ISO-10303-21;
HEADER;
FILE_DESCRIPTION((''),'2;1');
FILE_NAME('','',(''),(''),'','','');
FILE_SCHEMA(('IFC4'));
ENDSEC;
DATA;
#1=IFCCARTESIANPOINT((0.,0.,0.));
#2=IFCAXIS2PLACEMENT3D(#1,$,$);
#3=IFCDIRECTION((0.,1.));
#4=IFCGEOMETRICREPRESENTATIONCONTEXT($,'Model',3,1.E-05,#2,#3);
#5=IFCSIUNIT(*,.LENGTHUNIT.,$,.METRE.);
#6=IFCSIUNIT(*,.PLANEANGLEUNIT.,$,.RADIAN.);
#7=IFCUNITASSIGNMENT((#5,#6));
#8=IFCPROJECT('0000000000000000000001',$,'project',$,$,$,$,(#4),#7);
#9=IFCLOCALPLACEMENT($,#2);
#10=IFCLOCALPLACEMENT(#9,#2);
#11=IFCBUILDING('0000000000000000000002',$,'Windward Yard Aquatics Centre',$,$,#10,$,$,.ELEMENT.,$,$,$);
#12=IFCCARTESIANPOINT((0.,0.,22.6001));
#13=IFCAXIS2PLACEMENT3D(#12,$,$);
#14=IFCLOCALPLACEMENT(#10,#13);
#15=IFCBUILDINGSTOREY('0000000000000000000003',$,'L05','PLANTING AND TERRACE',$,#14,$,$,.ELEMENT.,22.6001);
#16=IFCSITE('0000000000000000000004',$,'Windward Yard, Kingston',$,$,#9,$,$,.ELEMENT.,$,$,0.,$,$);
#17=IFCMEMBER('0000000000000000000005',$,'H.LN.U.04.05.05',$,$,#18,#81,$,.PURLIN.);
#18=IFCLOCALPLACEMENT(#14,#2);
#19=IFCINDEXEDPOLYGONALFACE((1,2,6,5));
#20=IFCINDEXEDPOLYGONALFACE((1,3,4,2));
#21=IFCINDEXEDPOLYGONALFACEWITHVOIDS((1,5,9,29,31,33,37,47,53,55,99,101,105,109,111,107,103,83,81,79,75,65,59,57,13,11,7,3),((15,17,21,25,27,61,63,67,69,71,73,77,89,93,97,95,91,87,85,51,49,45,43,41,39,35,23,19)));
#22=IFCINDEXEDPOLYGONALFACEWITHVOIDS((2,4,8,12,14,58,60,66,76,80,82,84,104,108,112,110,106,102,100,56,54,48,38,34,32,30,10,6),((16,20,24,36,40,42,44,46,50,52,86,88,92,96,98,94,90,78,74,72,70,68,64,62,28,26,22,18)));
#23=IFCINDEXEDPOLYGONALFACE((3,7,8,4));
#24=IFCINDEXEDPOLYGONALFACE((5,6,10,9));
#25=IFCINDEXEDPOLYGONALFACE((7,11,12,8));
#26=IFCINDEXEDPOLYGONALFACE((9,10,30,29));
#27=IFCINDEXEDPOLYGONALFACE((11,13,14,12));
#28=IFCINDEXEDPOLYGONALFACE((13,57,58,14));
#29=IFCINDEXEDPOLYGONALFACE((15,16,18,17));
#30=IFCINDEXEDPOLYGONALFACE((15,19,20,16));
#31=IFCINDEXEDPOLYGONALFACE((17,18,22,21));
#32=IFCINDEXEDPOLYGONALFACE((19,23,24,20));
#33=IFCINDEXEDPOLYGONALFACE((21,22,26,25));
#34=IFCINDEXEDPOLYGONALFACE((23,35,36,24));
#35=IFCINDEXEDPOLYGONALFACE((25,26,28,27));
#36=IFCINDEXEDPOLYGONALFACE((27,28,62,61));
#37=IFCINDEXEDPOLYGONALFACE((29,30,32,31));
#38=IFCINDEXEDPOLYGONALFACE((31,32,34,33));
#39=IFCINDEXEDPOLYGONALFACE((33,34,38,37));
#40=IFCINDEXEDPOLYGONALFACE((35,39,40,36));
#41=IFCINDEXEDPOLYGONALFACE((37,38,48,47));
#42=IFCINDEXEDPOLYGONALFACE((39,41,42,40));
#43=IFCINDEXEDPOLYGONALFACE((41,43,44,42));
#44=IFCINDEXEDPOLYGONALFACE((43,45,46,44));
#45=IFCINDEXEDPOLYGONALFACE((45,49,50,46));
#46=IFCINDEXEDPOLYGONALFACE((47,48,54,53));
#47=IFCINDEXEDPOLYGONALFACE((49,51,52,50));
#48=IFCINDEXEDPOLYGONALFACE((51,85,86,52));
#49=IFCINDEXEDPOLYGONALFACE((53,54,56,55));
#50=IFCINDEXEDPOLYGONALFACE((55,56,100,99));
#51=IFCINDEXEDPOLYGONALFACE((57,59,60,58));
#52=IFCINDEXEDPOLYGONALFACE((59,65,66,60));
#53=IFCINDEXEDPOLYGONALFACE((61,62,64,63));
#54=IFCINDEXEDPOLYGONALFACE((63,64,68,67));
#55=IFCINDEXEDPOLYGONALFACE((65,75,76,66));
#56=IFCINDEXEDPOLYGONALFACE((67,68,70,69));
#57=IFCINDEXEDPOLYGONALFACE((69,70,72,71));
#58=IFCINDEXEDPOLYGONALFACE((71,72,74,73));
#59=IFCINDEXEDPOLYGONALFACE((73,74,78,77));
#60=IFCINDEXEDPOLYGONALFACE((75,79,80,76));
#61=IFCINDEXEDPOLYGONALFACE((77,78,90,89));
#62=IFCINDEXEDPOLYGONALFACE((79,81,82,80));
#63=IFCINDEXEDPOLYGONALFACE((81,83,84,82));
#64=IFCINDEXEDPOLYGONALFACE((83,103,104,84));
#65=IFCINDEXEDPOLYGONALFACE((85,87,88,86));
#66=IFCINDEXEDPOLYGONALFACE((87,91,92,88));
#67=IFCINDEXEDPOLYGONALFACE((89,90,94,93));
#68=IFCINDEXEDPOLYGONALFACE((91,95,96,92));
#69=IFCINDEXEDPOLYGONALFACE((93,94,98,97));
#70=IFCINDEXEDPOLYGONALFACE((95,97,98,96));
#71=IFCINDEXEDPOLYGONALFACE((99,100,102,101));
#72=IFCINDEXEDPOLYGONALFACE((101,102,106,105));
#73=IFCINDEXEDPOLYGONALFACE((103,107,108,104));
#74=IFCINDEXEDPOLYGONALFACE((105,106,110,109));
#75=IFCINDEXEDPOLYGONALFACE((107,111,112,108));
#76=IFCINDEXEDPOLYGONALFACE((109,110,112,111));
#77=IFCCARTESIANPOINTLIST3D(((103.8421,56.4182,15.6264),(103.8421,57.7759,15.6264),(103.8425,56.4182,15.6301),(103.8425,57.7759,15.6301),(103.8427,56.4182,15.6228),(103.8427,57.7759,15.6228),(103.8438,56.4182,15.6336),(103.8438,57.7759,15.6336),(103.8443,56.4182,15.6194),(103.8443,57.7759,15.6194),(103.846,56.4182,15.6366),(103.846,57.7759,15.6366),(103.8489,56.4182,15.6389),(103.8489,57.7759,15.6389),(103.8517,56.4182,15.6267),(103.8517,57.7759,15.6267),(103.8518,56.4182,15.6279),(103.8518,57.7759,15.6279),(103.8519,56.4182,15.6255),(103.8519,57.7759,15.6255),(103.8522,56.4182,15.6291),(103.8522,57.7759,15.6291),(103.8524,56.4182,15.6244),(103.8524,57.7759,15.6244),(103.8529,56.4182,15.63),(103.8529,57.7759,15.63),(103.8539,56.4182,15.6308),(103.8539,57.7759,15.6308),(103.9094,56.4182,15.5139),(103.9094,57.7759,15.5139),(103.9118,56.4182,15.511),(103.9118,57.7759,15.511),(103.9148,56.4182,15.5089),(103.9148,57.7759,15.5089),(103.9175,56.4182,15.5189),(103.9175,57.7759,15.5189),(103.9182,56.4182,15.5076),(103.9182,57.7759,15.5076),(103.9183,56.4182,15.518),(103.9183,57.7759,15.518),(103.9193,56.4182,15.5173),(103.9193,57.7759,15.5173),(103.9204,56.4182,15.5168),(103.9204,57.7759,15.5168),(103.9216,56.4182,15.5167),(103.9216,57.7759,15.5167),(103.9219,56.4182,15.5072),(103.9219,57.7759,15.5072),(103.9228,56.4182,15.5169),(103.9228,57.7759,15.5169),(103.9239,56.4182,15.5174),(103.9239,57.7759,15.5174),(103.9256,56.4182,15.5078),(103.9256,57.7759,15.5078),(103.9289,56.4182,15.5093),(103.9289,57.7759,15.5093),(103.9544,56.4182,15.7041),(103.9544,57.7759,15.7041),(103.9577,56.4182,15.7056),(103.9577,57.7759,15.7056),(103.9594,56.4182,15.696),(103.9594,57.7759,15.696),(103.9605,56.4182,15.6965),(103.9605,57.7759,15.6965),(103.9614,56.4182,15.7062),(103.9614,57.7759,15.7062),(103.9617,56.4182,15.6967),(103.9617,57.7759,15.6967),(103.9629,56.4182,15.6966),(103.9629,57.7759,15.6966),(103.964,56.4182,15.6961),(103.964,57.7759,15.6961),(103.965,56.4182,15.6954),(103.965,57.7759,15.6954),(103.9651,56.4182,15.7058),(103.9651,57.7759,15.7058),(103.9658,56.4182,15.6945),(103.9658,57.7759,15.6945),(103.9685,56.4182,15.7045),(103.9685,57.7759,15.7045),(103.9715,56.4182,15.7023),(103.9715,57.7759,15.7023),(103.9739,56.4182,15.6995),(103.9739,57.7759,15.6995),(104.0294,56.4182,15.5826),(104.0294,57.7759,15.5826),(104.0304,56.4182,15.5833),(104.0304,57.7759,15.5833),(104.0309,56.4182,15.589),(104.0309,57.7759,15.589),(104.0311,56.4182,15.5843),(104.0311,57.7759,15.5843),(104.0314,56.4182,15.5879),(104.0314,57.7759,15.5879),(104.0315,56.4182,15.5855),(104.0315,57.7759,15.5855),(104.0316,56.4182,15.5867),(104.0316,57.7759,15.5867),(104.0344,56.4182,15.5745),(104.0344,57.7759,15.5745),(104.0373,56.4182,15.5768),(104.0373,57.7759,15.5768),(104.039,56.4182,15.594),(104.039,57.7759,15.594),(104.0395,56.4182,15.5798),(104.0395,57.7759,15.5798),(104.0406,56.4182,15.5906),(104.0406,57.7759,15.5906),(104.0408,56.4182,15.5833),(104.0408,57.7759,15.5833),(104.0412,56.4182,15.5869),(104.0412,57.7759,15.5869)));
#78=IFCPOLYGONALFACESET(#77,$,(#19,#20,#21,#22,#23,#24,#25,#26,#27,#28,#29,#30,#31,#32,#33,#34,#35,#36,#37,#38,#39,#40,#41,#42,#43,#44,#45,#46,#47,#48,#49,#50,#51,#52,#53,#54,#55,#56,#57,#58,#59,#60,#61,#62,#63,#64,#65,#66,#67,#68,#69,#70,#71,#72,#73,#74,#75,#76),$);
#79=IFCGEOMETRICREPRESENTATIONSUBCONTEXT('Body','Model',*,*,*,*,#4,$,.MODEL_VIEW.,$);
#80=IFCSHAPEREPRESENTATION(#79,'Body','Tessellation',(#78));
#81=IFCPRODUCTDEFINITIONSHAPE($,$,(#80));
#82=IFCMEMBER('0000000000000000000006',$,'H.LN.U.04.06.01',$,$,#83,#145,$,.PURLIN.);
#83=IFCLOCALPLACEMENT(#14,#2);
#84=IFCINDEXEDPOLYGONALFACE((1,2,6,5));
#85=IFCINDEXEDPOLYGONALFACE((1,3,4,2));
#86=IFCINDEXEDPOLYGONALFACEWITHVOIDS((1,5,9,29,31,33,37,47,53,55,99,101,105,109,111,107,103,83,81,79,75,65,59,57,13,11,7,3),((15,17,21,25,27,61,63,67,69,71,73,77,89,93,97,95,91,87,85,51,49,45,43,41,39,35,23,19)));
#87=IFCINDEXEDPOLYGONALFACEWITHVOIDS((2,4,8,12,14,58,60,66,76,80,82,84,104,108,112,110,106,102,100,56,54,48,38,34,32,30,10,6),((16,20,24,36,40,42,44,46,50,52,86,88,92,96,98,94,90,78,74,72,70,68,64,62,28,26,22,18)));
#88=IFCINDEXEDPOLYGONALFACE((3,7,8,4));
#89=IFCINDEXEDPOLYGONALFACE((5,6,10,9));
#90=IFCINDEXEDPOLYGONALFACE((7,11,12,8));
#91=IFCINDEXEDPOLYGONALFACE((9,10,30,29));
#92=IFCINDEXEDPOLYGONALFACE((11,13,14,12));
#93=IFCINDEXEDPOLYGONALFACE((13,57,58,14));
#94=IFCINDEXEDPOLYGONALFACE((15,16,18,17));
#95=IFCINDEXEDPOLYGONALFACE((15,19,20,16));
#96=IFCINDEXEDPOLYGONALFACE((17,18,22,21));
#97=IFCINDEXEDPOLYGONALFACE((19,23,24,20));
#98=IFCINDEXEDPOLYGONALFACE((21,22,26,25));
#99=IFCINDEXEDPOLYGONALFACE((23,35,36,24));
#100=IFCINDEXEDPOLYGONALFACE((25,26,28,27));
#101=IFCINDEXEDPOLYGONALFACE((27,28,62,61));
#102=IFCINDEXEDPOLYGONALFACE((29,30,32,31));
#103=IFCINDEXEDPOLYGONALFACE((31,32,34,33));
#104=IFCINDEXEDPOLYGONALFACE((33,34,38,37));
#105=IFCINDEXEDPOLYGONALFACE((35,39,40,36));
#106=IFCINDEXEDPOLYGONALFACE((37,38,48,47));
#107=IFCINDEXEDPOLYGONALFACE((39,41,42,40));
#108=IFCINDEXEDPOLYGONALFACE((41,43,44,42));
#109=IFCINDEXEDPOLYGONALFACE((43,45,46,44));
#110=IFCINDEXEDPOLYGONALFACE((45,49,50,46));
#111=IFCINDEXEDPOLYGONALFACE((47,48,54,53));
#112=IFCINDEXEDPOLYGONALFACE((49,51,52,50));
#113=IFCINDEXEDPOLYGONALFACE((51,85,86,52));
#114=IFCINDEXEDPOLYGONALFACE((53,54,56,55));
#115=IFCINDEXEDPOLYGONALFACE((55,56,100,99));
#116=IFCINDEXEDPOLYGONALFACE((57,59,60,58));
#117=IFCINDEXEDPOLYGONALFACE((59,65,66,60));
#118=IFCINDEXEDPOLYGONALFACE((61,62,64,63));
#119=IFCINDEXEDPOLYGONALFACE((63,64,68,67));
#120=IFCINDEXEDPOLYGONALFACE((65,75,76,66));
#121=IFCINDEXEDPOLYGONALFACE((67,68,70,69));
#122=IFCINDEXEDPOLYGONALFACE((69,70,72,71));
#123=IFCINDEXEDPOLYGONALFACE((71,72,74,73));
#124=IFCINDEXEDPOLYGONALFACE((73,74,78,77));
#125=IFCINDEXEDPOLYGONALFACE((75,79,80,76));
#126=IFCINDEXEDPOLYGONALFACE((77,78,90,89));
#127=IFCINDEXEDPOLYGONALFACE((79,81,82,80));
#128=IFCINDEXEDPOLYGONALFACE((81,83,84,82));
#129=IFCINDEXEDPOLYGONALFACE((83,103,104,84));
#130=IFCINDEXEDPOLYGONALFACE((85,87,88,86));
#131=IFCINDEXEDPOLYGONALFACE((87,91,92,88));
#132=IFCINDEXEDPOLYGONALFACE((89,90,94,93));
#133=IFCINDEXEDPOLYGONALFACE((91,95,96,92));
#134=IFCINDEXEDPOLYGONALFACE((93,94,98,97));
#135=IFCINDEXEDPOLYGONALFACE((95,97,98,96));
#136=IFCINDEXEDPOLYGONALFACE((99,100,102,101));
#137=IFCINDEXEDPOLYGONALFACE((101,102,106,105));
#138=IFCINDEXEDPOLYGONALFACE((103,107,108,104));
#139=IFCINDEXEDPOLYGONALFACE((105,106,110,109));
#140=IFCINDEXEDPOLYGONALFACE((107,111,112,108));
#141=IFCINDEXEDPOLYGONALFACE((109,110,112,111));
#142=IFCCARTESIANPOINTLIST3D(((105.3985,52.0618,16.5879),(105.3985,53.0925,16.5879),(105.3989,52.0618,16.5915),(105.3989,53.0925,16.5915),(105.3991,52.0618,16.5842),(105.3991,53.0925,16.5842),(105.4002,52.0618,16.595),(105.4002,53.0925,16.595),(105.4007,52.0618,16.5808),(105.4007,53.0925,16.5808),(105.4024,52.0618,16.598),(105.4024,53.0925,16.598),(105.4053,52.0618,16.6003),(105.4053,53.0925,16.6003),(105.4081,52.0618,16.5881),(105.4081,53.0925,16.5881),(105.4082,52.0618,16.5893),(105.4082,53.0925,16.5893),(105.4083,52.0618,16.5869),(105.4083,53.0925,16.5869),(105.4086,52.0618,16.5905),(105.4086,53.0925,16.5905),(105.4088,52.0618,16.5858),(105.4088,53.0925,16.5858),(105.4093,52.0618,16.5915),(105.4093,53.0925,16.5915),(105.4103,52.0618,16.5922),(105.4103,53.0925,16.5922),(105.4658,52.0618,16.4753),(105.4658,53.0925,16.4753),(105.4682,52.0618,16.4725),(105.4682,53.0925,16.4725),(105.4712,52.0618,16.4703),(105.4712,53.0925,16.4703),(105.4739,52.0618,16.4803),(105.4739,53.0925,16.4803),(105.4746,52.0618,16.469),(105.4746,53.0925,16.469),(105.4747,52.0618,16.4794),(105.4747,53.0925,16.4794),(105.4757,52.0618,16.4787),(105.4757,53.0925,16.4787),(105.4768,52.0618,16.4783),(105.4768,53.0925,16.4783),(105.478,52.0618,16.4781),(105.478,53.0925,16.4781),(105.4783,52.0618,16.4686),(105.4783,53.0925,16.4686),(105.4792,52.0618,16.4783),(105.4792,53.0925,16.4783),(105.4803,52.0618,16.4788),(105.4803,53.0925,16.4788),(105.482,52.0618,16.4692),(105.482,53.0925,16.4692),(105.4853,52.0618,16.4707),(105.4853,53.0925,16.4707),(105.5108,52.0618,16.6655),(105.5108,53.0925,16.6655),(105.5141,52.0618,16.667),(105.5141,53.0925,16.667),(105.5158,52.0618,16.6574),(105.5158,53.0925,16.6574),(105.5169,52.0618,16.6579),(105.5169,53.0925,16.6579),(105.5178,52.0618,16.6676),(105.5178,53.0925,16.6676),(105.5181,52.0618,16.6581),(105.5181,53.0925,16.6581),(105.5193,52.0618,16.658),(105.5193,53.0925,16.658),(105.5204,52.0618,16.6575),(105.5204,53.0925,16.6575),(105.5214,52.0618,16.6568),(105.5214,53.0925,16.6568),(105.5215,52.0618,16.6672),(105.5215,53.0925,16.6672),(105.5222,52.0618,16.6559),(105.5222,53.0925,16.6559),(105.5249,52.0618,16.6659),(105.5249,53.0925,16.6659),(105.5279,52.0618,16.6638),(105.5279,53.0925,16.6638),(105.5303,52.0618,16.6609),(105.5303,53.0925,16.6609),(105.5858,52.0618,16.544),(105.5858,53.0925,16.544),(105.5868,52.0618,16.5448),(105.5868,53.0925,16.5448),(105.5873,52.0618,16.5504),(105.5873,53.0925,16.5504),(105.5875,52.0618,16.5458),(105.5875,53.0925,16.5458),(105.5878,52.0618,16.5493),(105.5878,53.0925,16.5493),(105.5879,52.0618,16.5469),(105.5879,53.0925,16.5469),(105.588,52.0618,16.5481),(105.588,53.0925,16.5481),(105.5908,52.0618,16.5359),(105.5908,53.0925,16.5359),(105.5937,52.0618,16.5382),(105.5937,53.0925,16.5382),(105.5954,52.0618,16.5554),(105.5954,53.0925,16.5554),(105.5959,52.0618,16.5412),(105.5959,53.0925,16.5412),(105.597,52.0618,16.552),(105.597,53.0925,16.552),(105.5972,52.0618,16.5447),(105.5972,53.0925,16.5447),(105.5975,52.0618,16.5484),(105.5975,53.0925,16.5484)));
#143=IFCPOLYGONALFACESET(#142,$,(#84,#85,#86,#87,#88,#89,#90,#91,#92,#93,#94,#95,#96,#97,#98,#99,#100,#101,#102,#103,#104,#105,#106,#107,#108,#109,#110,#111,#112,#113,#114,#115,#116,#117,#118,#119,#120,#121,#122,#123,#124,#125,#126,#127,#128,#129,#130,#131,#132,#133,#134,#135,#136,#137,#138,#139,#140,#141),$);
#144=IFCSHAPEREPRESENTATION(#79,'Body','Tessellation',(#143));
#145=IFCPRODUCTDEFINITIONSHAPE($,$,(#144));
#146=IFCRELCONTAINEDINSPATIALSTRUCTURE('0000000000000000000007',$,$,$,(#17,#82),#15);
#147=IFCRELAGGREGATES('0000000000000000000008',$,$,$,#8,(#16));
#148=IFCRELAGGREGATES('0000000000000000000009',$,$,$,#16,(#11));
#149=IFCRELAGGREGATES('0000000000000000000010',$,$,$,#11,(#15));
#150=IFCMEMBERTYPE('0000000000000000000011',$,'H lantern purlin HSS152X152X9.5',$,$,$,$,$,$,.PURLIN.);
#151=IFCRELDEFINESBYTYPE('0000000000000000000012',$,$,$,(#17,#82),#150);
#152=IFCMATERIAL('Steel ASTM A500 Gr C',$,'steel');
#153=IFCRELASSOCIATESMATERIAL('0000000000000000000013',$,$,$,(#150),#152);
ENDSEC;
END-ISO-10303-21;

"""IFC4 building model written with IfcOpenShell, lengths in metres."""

from ifc_helpers import new_model, si_unit, direction, frame, origin, origin_2d, place, context, subcontext, project, spatial, hollow_rectangle, extrude, material, material_profile, profile_set, type_object, element, save


model = new_model("IFC4")

# Units and contexts
model_context = context("Model", 3, precision=1e-05, world=origin(), true_north=direction((0.0, 1.0)))
body_context = subcontext(model_context, "Body", "Model", "MODEL_VIEW")
ifc_project = project(units=[si_unit("LENGTHUNIT", "METRE"), si_unit("PLANEANGLEUNIT", "RADIAN")], contexts=[model_context])

# Site, building, storey
site_placement = place(None, origin())
site = spatial("IfcSite", under=ifc_project, at=site_placement, Name="Windward Yard, Kingston", CompositionType="ELEMENT", RefElevation=0.0)
building_placement = place(site_placement, origin())
building = spatial("IfcBuilding", under=site, at=building_placement, Name="Windward Yard Aquatics Centre", CompositionType="ELEMENT")
storey_placement = place(building_placement, frame((0.0, 0.0, 22.6001)))
storey = spatial("IfcBuildingStorey", under=building, at=storey_placement, Name="L05", Description="PLANTING AND TERRACE", CompositionType="ELEMENT", Elevation=22.6001)

# Members
ifc_material_1 = material(Name="Steel ASTM A500 Gr C", Category="steel")
ifc_material_profile = material_profile(ifc_material_1, hollow_rectangle(XDim=0.1523, YDim=0.1523, WallThickness=0.0095, InnerFilletRadius=0.0046, OuterFilletRadius=0.0142, at=origin_2d()), Name="HSS152X152X9.5")
ifc_profile_set = profile_set([ifc_material_profile], Name="Steel ASTM A500 Gr C")
member_type = type_object("IfcMemberType", Name="H lantern purlin HSS152X152X9.5", PredefinedType="PURLIN", material=ifc_profile_set)
member_1_placement = place(storey_placement, frame((103.9417, 56.4182, 15.6067), z_axis=(0.0, 1.0, 0.0), x_axis=(-0.850755, 0.0, -0.525562)))
element("IfcMember", 1, at=member_1_placement, inside=storey, type_object=member_type, Name="H.LN.U.04.05.05", PredefinedType="PURLIN", context=body_context, shape_type="SweptSolid", body=[
    extrude(hollow_rectangle(XDim=0.1523, YDim=0.1523, WallThickness=0.0095, InnerFilletRadius=0.0046, OuterFilletRadius=0.0142, at=origin_2d()), origin(), (0.0, 0.0, 1.0), 1.3577),
])
member_2_placement = place(storey_placement, frame((105.498, 52.0618, 16.5681), z_axis=(0.0, 1.0, 0.0), x_axis=(-0.850755, 0.0, -0.525562)))
element("IfcMember", 2, at=member_2_placement, inside=storey, type_object=member_type, Name="H.LN.U.04.06.01", PredefinedType="PURLIN", context=body_context, shape_type="SweptSolid", body=[
    extrude(hollow_rectangle(XDim=0.1523, YDim=0.1523, WallThickness=0.0095, InnerFilletRadius=0.0046, OuterFilletRadius=0.0142, at=origin_2d()), origin(), (0.0, 0.0, 1.0), 1.0308),
])

save(model, "model.ifc")
